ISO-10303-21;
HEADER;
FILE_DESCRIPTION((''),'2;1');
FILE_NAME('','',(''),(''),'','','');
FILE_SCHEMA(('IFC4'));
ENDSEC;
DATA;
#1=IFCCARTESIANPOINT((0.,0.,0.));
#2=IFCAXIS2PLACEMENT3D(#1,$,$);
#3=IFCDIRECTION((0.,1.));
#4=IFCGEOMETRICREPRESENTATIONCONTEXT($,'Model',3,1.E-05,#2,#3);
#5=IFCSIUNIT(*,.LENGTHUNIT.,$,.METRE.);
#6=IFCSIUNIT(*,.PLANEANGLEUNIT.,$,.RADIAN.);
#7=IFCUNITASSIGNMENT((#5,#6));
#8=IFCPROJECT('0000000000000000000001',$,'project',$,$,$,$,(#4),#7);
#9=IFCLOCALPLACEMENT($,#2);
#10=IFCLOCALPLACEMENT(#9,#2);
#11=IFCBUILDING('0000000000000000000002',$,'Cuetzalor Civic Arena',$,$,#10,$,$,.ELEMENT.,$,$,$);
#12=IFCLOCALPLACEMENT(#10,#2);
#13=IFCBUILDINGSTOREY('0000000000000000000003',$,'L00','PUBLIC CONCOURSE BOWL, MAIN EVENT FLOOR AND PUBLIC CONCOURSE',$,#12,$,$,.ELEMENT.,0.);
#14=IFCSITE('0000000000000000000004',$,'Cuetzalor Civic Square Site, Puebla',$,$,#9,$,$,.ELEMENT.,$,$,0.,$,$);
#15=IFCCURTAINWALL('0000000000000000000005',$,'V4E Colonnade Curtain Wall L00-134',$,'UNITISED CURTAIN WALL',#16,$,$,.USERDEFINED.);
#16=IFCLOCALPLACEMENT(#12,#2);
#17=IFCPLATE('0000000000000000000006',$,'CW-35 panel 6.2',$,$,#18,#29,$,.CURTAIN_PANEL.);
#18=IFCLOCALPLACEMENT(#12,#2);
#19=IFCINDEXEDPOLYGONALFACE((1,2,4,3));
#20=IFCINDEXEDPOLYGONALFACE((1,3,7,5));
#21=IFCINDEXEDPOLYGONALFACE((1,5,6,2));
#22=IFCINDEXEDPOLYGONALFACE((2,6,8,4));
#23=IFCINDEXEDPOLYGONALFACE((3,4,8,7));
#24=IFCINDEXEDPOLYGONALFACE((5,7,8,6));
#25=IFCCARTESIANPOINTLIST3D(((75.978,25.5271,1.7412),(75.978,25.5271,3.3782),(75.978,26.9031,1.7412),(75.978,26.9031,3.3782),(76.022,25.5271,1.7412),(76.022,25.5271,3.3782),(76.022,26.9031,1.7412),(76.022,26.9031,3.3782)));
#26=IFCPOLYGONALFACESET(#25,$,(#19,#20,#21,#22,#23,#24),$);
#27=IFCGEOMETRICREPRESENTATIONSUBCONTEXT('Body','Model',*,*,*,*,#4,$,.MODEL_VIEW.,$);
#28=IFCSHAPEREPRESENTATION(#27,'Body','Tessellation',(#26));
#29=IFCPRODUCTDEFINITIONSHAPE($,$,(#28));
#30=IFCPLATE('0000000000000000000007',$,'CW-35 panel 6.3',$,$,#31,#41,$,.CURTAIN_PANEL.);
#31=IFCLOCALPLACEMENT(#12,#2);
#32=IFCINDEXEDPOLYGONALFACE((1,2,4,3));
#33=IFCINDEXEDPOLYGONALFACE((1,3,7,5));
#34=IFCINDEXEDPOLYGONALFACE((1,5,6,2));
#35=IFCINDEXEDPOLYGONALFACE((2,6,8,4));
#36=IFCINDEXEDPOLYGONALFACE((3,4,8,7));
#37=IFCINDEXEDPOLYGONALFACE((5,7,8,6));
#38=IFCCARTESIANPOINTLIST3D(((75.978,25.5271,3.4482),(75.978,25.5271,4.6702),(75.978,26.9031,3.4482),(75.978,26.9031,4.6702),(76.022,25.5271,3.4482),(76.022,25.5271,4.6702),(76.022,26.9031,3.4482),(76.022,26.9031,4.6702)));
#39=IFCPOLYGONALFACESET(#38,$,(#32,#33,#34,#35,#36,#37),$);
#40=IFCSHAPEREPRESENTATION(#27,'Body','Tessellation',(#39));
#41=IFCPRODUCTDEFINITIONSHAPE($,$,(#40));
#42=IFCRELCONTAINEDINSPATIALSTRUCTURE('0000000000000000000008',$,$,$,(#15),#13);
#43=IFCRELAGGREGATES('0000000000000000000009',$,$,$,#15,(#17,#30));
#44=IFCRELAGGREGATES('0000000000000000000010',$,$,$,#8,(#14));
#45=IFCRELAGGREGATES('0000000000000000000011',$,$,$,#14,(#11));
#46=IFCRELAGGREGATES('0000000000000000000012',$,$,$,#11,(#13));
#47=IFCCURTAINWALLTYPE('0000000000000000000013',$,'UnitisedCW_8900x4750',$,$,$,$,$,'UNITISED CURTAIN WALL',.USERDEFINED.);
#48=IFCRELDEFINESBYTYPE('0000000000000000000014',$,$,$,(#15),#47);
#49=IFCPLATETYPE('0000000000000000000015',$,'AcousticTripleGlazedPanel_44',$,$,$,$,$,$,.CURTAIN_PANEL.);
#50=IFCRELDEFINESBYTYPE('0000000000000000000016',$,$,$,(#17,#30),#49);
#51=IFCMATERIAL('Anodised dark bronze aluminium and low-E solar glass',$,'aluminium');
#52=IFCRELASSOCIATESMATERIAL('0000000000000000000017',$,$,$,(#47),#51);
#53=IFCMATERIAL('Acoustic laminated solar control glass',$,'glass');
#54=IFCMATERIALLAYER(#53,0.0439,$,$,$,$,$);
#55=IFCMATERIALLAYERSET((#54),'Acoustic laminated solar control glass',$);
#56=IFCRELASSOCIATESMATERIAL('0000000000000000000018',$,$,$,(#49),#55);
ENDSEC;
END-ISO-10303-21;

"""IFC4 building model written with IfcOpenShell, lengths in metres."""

from ifc_helpers import new_model, si_unit, direction, frame, origin, origin_2d, place, context, subcontext, project, spatial, rectangle, extrude, material, layer, layer_set, type_object, element, aggregate, save


model = new_model("IFC4")

# Units and contexts
model_context = context("Model", 3, precision=1e-05, world=origin(), true_north=direction((0.0, 1.0)))
body_context = subcontext(model_context, "Body", "Model", "MODEL_VIEW")
ifc_project = project(units=[si_unit("LENGTHUNIT", "METRE"), si_unit("PLANEANGLEUNIT", "RADIAN")], contexts=[model_context])

# Site, building, storey
site_placement = place(None, origin())
site = spatial("IfcSite", under=ifc_project, at=site_placement, Name="Cuetzalor Civic Square Site, Puebla", CompositionType="ELEMENT", RefElevation=0.0)
building_placement = place(site_placement, origin())
building = spatial("IfcBuilding", under=site, at=building_placement, Name="Cuetzalor Civic Arena", CompositionType="ELEMENT")
storey_placement = place(building_placement, origin())
storey = spatial("IfcBuildingStorey", under=building, at=storey_placement, Name="L00", Description="PUBLIC CONCOURSE BOWL, MAIN EVENT FLOOR AND PUBLIC CONCOURSE", CompositionType="ELEMENT", Elevation=0.0)

# Curtain wall
ifc_material_1 = material(Name="Anodised dark bronze aluminium and low-E solar glass", Category="aluminium")
curtain_wall_type_1 = type_object("IfcCurtainWallType", Name="UnitisedCW_8900x4750", ElementType="UNITISED CURTAIN WALL", PredefinedType="USERDEFINED", material=ifc_material_1)
curtain_wall_1_placement = place(storey_placement, origin())
curtain_wall_1 = element("IfcCurtainWall", 1, at=curtain_wall_1_placement, inside=storey, type_object=curtain_wall_type_1, Name="V4E Colonnade Curtain Wall L00-134", ObjectType="UNITISED CURTAIN WALL", PredefinedType="USERDEFINED")

# Plates
ifc_material_2 = material(Name="Acoustic laminated solar control glass", Category="glass")
ifc_layer = layer(ifc_material_2, 0.0439)
ifc_layer_set = layer_set([ifc_layer], Name="Acoustic laminated solar control glass")
plate_type = type_object("IfcPlateType", Name="AcousticTripleGlazedPanel_44", PredefinedType="CURTAIN_PANEL", material=ifc_layer_set)
plate_1_placement = place(storey_placement, frame((76.0, 26.2151, 1.7412), z_axis=(0.0, 0.0, 1.0), x_axis=(0.0, -1.0, 0.0)))
plate_1 = element("IfcPlate", 2, at=plate_1_placement, type_object=plate_type, Name="CW-35 panel 6.2", PredefinedType="CURTAIN_PANEL", context=body_context, shape_type="SweptSolid", body=[
    extrude(rectangle(XDim=1.376, YDim=0.0439, at=origin_2d()), origin(), (0.0, 0.0, 1.0), 1.637),
])
plate_2_placement = place(storey_placement, frame((76.0, 26.2151, 3.4482), z_axis=(0.0, 0.0, 1.0), x_axis=(0.0, -1.0, 0.0)))
plate_2 = element("IfcPlate", 3, at=plate_2_placement, type_object=plate_type, Name="CW-35 panel 6.3", PredefinedType="CURTAIN_PANEL", context=body_context, shape_type="SweptSolid", body=[
    extrude(rectangle(XDim=1.376, YDim=0.0439, at=origin_2d()), origin(), (0.0, 0.0, 1.0), 1.2219),
])
aggregate(curtain_wall_1, [plate_1, plate_2])

save(model, "model.ifc")
